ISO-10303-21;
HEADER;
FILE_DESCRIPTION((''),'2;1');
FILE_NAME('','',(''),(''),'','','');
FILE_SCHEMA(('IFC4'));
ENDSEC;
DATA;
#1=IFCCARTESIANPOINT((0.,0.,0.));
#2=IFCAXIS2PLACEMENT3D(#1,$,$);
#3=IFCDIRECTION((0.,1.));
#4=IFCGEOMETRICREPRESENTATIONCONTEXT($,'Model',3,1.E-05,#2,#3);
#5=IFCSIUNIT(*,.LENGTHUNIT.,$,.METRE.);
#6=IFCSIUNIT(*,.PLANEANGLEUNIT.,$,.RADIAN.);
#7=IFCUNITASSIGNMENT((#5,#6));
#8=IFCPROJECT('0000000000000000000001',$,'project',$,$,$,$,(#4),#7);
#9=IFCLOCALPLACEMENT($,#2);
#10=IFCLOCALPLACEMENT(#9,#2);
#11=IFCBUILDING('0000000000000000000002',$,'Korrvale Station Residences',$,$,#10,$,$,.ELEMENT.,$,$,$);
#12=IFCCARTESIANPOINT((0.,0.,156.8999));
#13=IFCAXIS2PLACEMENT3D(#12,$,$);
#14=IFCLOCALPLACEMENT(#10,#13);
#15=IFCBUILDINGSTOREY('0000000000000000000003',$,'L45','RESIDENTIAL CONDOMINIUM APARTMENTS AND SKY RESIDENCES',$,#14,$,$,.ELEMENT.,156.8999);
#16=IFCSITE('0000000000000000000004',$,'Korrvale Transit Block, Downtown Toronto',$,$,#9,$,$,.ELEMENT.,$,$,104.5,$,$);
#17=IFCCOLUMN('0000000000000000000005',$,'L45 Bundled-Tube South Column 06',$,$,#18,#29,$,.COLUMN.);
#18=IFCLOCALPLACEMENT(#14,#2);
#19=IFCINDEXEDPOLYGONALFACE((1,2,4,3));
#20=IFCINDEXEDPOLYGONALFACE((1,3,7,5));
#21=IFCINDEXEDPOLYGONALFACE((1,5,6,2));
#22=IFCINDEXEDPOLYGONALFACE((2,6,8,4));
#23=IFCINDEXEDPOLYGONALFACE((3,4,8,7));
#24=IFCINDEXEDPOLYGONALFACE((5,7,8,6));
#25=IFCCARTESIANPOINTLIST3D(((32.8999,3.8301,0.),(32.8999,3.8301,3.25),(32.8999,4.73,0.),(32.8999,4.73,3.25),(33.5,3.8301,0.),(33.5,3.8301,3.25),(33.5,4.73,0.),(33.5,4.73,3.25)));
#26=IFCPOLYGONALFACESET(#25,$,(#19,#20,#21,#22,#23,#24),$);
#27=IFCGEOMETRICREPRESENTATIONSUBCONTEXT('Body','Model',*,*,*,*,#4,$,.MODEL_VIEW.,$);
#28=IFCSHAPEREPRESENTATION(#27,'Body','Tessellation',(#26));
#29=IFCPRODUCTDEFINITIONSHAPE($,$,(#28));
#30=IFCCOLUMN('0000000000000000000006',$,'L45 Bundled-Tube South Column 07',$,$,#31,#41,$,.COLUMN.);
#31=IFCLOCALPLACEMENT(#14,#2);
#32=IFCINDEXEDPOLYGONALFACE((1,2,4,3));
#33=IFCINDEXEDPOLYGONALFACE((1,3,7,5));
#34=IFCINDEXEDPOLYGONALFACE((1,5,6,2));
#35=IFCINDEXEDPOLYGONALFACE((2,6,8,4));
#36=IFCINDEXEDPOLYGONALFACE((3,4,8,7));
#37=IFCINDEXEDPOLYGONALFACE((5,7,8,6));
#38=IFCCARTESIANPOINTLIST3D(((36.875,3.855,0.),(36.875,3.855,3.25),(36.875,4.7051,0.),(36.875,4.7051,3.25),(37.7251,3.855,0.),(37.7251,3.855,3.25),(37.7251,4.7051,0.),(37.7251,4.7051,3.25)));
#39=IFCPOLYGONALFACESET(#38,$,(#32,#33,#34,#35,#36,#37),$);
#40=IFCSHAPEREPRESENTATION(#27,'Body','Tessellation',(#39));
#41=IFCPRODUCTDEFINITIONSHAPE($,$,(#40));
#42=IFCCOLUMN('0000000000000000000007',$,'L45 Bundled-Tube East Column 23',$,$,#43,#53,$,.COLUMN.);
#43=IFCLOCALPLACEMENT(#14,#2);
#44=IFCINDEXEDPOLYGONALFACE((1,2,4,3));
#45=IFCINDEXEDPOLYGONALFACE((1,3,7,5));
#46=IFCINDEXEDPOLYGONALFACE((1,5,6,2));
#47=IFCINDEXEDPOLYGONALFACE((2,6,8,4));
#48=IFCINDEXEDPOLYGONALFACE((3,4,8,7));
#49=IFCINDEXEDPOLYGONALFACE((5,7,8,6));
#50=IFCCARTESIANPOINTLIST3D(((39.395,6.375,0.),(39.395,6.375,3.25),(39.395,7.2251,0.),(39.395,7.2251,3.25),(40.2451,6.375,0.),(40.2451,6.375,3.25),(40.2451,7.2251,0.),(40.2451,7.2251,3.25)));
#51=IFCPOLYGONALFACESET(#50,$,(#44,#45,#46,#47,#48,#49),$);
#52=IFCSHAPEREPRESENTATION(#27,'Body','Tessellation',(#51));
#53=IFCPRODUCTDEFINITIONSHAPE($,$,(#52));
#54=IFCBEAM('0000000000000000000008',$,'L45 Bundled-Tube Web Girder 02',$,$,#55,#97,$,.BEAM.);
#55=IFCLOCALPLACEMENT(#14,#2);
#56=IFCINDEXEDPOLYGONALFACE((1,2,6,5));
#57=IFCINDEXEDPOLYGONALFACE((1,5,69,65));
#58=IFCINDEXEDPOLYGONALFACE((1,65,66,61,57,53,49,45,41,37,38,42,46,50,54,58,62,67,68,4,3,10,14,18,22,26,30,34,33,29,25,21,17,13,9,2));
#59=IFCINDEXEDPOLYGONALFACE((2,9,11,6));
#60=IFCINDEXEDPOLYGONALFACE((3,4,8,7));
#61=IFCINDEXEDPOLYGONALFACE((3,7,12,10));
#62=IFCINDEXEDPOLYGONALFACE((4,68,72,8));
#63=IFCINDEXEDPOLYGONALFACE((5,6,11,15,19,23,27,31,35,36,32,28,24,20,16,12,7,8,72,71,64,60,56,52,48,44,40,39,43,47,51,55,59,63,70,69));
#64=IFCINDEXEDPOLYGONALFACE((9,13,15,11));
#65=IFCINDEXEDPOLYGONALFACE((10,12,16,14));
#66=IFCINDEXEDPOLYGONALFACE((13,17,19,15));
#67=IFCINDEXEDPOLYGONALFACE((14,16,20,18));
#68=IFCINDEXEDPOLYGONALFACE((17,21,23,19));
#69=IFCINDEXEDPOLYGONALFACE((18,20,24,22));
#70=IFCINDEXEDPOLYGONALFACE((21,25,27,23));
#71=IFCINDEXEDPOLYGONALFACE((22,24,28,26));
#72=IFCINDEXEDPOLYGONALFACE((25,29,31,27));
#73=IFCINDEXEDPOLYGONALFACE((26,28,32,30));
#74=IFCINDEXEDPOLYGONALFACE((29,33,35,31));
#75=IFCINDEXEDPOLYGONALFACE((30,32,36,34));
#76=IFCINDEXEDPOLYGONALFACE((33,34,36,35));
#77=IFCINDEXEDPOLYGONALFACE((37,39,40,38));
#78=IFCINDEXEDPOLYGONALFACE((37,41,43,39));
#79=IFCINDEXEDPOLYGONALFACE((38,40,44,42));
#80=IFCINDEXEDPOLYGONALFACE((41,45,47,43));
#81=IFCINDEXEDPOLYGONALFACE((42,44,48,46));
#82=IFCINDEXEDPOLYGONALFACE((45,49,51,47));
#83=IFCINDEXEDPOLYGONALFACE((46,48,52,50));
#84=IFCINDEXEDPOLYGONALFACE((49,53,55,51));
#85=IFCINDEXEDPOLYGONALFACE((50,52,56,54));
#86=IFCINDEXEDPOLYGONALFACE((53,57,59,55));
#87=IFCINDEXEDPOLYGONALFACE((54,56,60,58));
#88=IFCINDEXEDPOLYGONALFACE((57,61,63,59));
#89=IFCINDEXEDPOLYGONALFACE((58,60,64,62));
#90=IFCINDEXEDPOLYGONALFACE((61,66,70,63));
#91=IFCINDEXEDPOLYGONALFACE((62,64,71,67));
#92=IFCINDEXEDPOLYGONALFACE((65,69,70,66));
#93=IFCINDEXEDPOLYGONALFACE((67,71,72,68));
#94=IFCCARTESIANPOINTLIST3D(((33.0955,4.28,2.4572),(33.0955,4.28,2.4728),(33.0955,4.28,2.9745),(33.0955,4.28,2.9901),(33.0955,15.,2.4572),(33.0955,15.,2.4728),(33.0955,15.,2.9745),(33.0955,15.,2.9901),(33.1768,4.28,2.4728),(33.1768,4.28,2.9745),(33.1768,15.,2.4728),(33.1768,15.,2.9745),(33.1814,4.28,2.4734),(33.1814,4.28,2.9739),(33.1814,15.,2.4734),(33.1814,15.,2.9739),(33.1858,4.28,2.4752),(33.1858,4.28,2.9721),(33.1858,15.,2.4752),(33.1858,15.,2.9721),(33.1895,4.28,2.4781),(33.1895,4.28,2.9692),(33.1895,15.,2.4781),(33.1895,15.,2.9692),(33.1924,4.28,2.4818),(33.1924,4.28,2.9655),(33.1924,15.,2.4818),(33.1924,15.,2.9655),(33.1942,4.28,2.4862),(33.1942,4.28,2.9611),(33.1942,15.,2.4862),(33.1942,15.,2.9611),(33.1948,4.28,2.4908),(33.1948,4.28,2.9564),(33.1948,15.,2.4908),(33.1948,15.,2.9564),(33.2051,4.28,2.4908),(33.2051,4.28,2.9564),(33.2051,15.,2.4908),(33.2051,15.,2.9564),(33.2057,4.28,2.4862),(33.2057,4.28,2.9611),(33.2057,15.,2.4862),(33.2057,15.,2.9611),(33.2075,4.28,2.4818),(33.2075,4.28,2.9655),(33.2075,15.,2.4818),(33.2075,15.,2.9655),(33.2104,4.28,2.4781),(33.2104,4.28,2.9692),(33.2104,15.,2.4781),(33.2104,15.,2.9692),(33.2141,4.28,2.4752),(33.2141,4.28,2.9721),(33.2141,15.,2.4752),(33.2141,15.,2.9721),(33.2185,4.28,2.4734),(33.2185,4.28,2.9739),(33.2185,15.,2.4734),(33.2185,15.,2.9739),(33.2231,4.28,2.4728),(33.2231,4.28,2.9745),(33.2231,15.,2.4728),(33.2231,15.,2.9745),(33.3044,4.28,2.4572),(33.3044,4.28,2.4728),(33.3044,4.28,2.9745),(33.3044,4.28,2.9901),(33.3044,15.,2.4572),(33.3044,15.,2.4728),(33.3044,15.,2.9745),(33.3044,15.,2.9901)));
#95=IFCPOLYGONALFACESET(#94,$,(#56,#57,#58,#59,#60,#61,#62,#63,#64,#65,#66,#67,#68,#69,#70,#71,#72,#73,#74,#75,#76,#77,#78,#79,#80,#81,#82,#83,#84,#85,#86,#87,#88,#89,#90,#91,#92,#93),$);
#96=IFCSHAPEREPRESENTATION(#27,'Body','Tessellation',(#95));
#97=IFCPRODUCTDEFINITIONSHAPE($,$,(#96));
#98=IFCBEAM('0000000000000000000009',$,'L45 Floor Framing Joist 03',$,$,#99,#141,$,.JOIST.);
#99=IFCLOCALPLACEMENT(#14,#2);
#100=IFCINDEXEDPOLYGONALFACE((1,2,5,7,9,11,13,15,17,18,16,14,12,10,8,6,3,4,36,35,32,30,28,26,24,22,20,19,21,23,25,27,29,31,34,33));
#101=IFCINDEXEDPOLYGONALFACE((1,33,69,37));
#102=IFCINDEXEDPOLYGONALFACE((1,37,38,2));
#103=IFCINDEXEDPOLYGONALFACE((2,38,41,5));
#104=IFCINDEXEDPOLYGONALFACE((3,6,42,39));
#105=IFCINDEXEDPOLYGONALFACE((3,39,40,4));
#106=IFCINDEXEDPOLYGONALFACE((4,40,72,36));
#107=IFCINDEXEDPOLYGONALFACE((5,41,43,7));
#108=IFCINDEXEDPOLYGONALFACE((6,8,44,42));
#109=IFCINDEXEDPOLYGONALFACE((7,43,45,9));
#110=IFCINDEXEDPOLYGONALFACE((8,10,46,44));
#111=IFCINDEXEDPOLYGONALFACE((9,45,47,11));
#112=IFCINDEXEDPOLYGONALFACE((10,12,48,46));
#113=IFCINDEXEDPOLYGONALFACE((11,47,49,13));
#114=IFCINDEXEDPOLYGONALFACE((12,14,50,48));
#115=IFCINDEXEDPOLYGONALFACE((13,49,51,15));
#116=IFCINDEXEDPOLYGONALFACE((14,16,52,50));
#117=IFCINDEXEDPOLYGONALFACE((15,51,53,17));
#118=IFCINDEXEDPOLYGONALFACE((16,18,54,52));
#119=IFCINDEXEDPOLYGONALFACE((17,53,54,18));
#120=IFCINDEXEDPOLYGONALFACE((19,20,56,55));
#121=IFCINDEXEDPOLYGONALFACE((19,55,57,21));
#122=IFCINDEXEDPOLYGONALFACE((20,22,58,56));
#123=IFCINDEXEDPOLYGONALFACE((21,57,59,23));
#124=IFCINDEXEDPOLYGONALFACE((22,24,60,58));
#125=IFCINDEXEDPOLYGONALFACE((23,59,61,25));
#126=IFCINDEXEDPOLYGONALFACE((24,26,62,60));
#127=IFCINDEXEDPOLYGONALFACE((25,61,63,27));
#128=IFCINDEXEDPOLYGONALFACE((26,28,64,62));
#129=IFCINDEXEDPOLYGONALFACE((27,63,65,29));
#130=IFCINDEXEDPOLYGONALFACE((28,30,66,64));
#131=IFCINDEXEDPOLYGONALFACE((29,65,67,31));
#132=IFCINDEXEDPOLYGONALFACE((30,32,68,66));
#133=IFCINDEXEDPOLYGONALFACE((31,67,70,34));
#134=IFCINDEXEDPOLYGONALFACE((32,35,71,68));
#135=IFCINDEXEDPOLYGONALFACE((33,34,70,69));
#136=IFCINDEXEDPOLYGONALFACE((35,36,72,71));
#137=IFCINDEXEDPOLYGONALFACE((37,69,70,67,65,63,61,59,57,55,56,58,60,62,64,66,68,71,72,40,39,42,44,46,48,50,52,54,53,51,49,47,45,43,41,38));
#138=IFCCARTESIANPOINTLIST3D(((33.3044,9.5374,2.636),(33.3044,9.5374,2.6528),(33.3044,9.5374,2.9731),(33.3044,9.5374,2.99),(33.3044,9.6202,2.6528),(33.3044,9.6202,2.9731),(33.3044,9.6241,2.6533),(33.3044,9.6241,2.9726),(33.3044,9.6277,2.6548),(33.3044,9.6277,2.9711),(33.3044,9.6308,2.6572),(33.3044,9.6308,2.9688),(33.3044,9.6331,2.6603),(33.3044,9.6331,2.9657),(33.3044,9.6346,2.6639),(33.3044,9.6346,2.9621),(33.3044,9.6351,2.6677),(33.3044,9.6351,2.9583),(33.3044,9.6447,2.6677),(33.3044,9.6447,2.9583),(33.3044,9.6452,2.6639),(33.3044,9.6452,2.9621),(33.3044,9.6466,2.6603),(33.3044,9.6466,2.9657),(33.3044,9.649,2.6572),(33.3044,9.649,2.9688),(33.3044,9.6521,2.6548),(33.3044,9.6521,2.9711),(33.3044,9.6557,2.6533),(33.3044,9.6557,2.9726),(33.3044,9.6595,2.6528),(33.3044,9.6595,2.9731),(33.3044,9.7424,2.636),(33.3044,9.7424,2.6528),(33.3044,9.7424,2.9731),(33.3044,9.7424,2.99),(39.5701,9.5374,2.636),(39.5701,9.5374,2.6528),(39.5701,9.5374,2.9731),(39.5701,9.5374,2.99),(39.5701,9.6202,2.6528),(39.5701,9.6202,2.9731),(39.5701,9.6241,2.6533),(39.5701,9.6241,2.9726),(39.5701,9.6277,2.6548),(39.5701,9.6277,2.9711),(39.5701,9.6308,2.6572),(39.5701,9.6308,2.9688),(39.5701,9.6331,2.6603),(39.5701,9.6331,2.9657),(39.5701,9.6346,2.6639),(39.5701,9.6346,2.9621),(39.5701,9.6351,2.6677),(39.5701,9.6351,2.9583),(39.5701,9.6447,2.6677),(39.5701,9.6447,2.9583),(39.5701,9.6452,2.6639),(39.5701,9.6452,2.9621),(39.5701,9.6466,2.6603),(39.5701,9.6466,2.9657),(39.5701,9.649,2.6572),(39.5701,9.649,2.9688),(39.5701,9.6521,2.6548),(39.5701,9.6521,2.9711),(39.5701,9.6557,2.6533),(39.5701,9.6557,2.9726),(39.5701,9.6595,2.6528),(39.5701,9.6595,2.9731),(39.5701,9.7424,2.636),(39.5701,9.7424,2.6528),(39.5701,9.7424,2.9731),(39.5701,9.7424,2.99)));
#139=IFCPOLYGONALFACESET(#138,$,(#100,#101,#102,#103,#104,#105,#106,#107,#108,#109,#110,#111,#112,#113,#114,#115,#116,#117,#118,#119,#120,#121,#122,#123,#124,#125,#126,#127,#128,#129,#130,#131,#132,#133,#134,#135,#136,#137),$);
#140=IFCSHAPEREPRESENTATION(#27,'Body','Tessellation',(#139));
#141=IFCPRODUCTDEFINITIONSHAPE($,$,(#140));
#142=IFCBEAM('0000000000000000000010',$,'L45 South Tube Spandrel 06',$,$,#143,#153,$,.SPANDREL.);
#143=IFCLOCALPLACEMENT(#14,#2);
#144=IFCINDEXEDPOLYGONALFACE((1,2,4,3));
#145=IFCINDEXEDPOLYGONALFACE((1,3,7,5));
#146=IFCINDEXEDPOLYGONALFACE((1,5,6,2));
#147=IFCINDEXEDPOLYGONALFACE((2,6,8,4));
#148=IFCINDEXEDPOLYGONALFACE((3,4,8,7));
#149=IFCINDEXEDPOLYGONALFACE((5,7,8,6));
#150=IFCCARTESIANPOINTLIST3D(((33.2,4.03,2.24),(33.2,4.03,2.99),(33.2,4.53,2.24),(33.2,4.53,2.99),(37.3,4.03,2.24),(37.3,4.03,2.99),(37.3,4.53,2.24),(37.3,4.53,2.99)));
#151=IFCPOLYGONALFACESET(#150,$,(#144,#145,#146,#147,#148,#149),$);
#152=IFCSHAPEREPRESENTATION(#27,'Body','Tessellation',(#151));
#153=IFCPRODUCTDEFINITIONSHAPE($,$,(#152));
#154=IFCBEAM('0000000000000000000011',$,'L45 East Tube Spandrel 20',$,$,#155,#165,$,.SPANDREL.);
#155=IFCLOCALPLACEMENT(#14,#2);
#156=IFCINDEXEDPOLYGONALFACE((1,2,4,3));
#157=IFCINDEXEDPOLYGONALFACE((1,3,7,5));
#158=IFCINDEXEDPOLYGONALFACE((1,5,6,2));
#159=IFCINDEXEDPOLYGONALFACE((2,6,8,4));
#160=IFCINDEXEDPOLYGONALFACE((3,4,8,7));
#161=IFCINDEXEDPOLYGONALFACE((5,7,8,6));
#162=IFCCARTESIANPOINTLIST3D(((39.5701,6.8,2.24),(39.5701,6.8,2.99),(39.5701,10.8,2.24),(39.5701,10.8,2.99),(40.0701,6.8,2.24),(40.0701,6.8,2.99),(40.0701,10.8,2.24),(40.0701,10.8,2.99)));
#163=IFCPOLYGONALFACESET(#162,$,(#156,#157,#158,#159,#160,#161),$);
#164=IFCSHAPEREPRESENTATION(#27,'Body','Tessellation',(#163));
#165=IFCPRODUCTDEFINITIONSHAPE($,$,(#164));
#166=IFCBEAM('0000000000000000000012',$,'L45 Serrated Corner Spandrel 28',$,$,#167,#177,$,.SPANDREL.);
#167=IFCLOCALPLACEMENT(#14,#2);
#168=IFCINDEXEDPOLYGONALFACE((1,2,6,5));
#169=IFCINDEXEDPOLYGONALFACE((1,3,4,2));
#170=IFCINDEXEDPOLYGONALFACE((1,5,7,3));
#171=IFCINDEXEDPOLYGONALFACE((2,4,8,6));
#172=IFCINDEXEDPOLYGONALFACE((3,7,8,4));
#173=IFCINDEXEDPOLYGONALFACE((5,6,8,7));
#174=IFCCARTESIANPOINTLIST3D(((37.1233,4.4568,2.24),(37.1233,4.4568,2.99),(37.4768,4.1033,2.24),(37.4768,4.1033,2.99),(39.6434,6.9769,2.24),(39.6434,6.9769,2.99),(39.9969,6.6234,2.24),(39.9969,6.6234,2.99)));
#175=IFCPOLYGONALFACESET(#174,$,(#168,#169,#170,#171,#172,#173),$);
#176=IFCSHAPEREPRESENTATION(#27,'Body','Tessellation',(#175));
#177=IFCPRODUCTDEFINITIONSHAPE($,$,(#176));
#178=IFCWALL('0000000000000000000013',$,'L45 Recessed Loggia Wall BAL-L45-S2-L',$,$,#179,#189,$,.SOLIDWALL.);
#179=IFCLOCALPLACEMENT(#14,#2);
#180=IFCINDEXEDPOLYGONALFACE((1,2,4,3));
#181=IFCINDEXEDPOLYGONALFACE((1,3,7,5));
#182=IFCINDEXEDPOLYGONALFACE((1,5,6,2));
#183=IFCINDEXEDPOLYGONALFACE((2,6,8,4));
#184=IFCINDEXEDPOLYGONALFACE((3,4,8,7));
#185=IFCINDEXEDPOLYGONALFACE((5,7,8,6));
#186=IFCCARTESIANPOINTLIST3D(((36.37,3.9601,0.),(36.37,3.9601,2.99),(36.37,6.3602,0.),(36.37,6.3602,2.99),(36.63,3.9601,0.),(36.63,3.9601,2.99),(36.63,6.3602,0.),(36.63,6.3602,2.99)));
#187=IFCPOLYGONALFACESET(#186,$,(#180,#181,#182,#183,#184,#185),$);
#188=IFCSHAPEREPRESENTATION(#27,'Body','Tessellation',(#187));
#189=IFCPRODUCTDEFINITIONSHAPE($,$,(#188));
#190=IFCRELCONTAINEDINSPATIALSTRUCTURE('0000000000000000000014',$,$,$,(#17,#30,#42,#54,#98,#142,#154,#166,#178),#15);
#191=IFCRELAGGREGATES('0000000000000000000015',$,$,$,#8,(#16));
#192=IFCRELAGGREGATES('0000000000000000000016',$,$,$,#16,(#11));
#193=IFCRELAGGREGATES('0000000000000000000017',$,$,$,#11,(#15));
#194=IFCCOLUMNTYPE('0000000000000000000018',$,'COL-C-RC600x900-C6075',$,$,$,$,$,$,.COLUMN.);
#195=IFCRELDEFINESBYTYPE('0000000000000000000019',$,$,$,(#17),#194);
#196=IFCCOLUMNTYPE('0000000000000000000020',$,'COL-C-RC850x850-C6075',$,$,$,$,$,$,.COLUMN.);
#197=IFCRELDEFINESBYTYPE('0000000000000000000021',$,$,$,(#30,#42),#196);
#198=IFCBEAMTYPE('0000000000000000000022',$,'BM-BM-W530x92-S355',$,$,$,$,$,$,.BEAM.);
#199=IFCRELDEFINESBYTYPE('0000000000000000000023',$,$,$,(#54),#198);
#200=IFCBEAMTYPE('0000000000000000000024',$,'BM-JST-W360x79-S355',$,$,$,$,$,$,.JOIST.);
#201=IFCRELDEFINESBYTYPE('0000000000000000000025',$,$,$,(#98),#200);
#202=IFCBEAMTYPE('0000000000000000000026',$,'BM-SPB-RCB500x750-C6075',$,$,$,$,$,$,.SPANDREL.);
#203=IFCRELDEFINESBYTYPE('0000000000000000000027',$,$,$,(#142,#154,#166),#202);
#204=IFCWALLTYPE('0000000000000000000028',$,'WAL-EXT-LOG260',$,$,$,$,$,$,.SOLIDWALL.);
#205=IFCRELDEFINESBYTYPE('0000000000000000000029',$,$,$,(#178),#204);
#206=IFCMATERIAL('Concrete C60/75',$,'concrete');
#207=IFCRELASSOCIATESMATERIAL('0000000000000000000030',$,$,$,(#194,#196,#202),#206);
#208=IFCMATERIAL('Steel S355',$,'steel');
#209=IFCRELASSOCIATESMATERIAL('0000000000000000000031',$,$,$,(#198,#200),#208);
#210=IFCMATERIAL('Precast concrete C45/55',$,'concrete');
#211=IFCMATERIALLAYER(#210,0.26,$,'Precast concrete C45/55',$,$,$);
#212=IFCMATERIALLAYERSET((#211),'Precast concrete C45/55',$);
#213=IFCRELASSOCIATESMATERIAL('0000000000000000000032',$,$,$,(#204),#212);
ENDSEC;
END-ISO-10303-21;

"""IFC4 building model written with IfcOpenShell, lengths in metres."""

from ifc_helpers import new_model, si_unit, direction, frame, frame_2d, origin, origin_2d, place, context, subcontext, project, spatial, rectangle, i_section, extrude, material, layer, layer_set, material_profile, profile_set, type_object, element, save


model = new_model("IFC4")

# Units and contexts
model_context = context("Model", 3, precision=1e-05, world=origin(), true_north=direction((0.0, 1.0)))
body_context = subcontext(model_context, "Body", "Model", "MODEL_VIEW")
ifc_project = project(units=[si_unit("LENGTHUNIT", "METRE"), si_unit("PLANEANGLEUNIT", "RADIAN")], contexts=[model_context])

# Site, building, storey
site_placement = place(None, origin())
site = spatial("IfcSite", under=ifc_project, at=site_placement, Name="Korrvale Transit Block, Downtown Toronto", CompositionType="ELEMENT", RefElevation=104.5)
building_placement = place(site_placement, origin())
building = spatial("IfcBuilding", under=site, at=building_placement, Name="Korrvale Station Residences", CompositionType="ELEMENT")
storey_placement = place(building_placement, frame((0.0, 0.0, 156.8999)))
storey = spatial("IfcBuildingStorey", under=building, at=storey_placement, Name="L45", Description="RESIDENTIAL CONDOMINIUM APARTMENTS AND SKY RESIDENCES", CompositionType="ELEMENT", Elevation=156.8999)

# Columns
ifc_material_1 = material(Name="Concrete C60/75", Category="concrete")
ifc_material_profile_1 = material_profile(ifc_material_1, rectangle(XDim=0.6001, YDim=0.8999, at=origin_2d()), Name="RC600x900")
ifc_profile_set_1 = profile_set([ifc_material_profile_1], Name="Concrete C60/75")
column_type_1 = type_object("IfcColumnType", Name="COL-C-RC600x900-C6075", PredefinedType="COLUMN", material=ifc_profile_set_1)
column_placement = place(storey_placement, frame((33.2, 4.28, 0.0), z_axis=(0.0, 0.0, 1.0), x_axis=(1.0, 0.0, 0.0)))
element("IfcColumn", 1, at=column_placement, inside=storey, type_object=column_type_1, Name="L45 Bundled-Tube South Column 06", PredefinedType="COLUMN", context=body_context, shape_type="SweptSolid", body=[
    extrude(rectangle(XDim=0.6001, YDim=0.8999, at=origin_2d()), origin(), (0.0, 0.0, 1.0), 3.25),
])
ifc_material_profile_2 = material_profile(ifc_material_1, rectangle(XDim=0.8501, YDim=0.8501, at=origin_2d()), Name="RC850x850")
ifc_profile_set_2 = profile_set([ifc_material_profile_2], Name="Concrete C60/75")
column_type_2 = type_object("IfcColumnType", Name="COL-C-RC850x850-C6075", PredefinedType="COLUMN", material=ifc_profile_set_2)
for number, where, z_axis, x_axis, name in (
    (2, (37.3, 4.28, 0.0), (0.0, 0.0, 1.0), (1.0, 0.0, 0.0), "L45 Bundled-Tube South Column 07"),
    (3, (39.8201, 6.8, 0.0), (0.0, 0.0, 1.0), (1.0, 0.0, 0.0), "L45 Bundled-Tube East Column 23"),
):
    element("IfcColumn", number, at=place(storey_placement, frame(where, z_axis=z_axis, x_axis=x_axis)), inside=storey, type_object=column_type_2, Name=name, PredefinedType="COLUMN", context=body_context, shape_type="SweptSolid", body=[
        extrude(rectangle(XDim=0.8501, YDim=0.8501, at=origin_2d()), origin(), (0.0, 0.0, 1.0), 3.25),
    ])

# Beams
ifc_material_2 = material(Name="Steel S355", Category="steel")
ifc_material_profile_3 = material_profile(ifc_material_2, i_section(OverallWidth=0.209, OverallDepth=0.533, WebThickness=0.0103, FlangeThickness=0.0156, FilletRadius=0.0181, at=origin_2d()), Name="W530x92")
ifc_profile_set_3 = profile_set([ifc_material_profile_3], Name="Steel S355")
beam_type_1 = type_object("IfcBeamType", Name="BM-BM-W530x92-S355", PredefinedType="BEAM", material=ifc_profile_set_3)
beam_1_placement = place(storey_placement, frame((33.2, 4.28, 2.7236), z_axis=(0.0, 1.0, 0.0), x_axis=(-1.0, 0.0, 0.0)))
element("IfcBeam", 4, at=beam_1_placement, inside=storey, type_object=beam_type_1, Name="L45 Bundled-Tube Web Girder 02", PredefinedType="BEAM", context=body_context, shape_type="SweptSolid", body=[
    extrude(i_section(OverallWidth=0.209, OverallDepth=0.533, WebThickness=0.0103, FlangeThickness=0.0156, FilletRadius=0.0181, at=origin_2d()), origin(), (0.0, 0.0, 1.0), 10.72),
])
ifc_material_profile_4 = material_profile(ifc_material_2, i_section(OverallWidth=0.2051, OverallDepth=0.354, WebThickness=0.0095, FlangeThickness=0.0168, FilletRadius=0.0149, at=origin_2d()), Name="W360x79")
ifc_profile_set_4 = profile_set([ifc_material_profile_4], Name="Steel S355")
beam_type_2 = type_object("IfcBeamType", Name="BM-JST-W360x79-S355", PredefinedType="JOIST", material=ifc_profile_set_4)
beam_2_placement = place(storey_placement, frame((33.3044, 9.6399, 2.813), z_axis=(1.0, 0.0, 0.0), x_axis=(0.0, 1.0, 0.0)))
element("IfcBeam", 5, at=beam_2_placement, inside=storey, type_object=beam_type_2, Name="L45 Floor Framing Joist 03", PredefinedType="JOIST", context=body_context, shape_type="SweptSolid", body=[
    extrude(i_section(OverallWidth=0.2051, OverallDepth=0.354, WebThickness=0.0095, FlangeThickness=0.0168, FilletRadius=0.0149, at=origin_2d()), origin(), (0.0, 0.0, 1.0), 6.2656),
])
ifc_material_profile_5 = material_profile(ifc_material_1, rectangle(XDim=0.5, YDim=0.75, at=origin_2d()), Name="RCB500x750")
ifc_profile_set_5 = profile_set([ifc_material_profile_5], Name="Concrete C60/75")
beam_type_3 = type_object("IfcBeamType", Name="BM-SPB-RCB500x750-C6075", PredefinedType="SPANDREL", material=ifc_profile_set_5)
beam_3_placement = place(storey_placement, frame((33.2, 4.28, 2.615), z_axis=(1.0, 0.0, 0.0), x_axis=(0.0, 1.0, 0.0)))
element("IfcBeam", 6, at=beam_3_placement, inside=storey, type_object=beam_type_3, Name="L45 South Tube Spandrel 06", PredefinedType="SPANDREL", context=body_context, shape_type="SweptSolid", body=[
    extrude(rectangle(XDim=0.5, YDim=0.75, at=origin_2d()), origin(), (0.0, 0.0, 1.0), 4.1001),
])
beam_4_placement = place(storey_placement, frame((39.8201, 6.8, 2.615), z_axis=(0.0, 1.0, 0.0), x_axis=(-1.0, 0.0, 0.0)))
element("IfcBeam", 7, at=beam_4_placement, inside=storey, type_object=beam_type_3, Name="L45 East Tube Spandrel 20", PredefinedType="SPANDREL", context=body_context, shape_type="SweptSolid", body=[
    extrude(rectangle(XDim=0.5, YDim=0.75, at=origin_2d()), origin(), (0.0, 0.0, 1.0), 4.0),
])
beam_5_placement = place(storey_placement, frame((37.3, 4.28, 2.615), z_axis=(0.707107, 0.707107, 0.0), x_axis=(-0.707107, 0.707107, 0.0)))
element("IfcBeam", 8, at=beam_5_placement, inside=storey, type_object=beam_type_3, Name="L45 Serrated Corner Spandrel 28", PredefinedType="SPANDREL", context=body_context, shape_type="SweptSolid", body=[
    extrude(rectangle(XDim=0.5, YDim=0.75, at=origin_2d()), origin(), (0.0, 0.0, 1.0), 3.564),
])

# Wall
ifc_material_3 = material(Name="Precast concrete C45/55", Category="concrete")
ifc_layer_1 = layer(ifc_material_3, 0.26, Name="Precast concrete C45/55")
ifc_layer_set_1 = layer_set([ifc_layer_1], Name="Precast concrete C45/55")
wall_type_1 = type_object("IfcWallType", Name="WAL-EXT-LOG260", PredefinedType="SOLIDWALL", material=ifc_layer_set_1)
wall_1_placement = place(storey_placement, frame((36.5, 3.96, 0.0), z_axis=(0.0, 0.0, 1.0), x_axis=(0.0, 1.0, 0.0)))
element("IfcWall", 9, at=wall_1_placement, inside=storey, type_object=wall_type_1, Name="L45 Recessed Loggia Wall BAL-L45-S2-L", PredefinedType="SOLIDWALL", context=body_context, shape_type="SweptSolid", body=[
    extrude(rectangle(XDim=2.4001, YDim=0.26, at=frame_2d((1.2002, 0.0))), origin(), (0.0, 0.0, 1.0), 2.99),
])

save(model, "model.ifc")
